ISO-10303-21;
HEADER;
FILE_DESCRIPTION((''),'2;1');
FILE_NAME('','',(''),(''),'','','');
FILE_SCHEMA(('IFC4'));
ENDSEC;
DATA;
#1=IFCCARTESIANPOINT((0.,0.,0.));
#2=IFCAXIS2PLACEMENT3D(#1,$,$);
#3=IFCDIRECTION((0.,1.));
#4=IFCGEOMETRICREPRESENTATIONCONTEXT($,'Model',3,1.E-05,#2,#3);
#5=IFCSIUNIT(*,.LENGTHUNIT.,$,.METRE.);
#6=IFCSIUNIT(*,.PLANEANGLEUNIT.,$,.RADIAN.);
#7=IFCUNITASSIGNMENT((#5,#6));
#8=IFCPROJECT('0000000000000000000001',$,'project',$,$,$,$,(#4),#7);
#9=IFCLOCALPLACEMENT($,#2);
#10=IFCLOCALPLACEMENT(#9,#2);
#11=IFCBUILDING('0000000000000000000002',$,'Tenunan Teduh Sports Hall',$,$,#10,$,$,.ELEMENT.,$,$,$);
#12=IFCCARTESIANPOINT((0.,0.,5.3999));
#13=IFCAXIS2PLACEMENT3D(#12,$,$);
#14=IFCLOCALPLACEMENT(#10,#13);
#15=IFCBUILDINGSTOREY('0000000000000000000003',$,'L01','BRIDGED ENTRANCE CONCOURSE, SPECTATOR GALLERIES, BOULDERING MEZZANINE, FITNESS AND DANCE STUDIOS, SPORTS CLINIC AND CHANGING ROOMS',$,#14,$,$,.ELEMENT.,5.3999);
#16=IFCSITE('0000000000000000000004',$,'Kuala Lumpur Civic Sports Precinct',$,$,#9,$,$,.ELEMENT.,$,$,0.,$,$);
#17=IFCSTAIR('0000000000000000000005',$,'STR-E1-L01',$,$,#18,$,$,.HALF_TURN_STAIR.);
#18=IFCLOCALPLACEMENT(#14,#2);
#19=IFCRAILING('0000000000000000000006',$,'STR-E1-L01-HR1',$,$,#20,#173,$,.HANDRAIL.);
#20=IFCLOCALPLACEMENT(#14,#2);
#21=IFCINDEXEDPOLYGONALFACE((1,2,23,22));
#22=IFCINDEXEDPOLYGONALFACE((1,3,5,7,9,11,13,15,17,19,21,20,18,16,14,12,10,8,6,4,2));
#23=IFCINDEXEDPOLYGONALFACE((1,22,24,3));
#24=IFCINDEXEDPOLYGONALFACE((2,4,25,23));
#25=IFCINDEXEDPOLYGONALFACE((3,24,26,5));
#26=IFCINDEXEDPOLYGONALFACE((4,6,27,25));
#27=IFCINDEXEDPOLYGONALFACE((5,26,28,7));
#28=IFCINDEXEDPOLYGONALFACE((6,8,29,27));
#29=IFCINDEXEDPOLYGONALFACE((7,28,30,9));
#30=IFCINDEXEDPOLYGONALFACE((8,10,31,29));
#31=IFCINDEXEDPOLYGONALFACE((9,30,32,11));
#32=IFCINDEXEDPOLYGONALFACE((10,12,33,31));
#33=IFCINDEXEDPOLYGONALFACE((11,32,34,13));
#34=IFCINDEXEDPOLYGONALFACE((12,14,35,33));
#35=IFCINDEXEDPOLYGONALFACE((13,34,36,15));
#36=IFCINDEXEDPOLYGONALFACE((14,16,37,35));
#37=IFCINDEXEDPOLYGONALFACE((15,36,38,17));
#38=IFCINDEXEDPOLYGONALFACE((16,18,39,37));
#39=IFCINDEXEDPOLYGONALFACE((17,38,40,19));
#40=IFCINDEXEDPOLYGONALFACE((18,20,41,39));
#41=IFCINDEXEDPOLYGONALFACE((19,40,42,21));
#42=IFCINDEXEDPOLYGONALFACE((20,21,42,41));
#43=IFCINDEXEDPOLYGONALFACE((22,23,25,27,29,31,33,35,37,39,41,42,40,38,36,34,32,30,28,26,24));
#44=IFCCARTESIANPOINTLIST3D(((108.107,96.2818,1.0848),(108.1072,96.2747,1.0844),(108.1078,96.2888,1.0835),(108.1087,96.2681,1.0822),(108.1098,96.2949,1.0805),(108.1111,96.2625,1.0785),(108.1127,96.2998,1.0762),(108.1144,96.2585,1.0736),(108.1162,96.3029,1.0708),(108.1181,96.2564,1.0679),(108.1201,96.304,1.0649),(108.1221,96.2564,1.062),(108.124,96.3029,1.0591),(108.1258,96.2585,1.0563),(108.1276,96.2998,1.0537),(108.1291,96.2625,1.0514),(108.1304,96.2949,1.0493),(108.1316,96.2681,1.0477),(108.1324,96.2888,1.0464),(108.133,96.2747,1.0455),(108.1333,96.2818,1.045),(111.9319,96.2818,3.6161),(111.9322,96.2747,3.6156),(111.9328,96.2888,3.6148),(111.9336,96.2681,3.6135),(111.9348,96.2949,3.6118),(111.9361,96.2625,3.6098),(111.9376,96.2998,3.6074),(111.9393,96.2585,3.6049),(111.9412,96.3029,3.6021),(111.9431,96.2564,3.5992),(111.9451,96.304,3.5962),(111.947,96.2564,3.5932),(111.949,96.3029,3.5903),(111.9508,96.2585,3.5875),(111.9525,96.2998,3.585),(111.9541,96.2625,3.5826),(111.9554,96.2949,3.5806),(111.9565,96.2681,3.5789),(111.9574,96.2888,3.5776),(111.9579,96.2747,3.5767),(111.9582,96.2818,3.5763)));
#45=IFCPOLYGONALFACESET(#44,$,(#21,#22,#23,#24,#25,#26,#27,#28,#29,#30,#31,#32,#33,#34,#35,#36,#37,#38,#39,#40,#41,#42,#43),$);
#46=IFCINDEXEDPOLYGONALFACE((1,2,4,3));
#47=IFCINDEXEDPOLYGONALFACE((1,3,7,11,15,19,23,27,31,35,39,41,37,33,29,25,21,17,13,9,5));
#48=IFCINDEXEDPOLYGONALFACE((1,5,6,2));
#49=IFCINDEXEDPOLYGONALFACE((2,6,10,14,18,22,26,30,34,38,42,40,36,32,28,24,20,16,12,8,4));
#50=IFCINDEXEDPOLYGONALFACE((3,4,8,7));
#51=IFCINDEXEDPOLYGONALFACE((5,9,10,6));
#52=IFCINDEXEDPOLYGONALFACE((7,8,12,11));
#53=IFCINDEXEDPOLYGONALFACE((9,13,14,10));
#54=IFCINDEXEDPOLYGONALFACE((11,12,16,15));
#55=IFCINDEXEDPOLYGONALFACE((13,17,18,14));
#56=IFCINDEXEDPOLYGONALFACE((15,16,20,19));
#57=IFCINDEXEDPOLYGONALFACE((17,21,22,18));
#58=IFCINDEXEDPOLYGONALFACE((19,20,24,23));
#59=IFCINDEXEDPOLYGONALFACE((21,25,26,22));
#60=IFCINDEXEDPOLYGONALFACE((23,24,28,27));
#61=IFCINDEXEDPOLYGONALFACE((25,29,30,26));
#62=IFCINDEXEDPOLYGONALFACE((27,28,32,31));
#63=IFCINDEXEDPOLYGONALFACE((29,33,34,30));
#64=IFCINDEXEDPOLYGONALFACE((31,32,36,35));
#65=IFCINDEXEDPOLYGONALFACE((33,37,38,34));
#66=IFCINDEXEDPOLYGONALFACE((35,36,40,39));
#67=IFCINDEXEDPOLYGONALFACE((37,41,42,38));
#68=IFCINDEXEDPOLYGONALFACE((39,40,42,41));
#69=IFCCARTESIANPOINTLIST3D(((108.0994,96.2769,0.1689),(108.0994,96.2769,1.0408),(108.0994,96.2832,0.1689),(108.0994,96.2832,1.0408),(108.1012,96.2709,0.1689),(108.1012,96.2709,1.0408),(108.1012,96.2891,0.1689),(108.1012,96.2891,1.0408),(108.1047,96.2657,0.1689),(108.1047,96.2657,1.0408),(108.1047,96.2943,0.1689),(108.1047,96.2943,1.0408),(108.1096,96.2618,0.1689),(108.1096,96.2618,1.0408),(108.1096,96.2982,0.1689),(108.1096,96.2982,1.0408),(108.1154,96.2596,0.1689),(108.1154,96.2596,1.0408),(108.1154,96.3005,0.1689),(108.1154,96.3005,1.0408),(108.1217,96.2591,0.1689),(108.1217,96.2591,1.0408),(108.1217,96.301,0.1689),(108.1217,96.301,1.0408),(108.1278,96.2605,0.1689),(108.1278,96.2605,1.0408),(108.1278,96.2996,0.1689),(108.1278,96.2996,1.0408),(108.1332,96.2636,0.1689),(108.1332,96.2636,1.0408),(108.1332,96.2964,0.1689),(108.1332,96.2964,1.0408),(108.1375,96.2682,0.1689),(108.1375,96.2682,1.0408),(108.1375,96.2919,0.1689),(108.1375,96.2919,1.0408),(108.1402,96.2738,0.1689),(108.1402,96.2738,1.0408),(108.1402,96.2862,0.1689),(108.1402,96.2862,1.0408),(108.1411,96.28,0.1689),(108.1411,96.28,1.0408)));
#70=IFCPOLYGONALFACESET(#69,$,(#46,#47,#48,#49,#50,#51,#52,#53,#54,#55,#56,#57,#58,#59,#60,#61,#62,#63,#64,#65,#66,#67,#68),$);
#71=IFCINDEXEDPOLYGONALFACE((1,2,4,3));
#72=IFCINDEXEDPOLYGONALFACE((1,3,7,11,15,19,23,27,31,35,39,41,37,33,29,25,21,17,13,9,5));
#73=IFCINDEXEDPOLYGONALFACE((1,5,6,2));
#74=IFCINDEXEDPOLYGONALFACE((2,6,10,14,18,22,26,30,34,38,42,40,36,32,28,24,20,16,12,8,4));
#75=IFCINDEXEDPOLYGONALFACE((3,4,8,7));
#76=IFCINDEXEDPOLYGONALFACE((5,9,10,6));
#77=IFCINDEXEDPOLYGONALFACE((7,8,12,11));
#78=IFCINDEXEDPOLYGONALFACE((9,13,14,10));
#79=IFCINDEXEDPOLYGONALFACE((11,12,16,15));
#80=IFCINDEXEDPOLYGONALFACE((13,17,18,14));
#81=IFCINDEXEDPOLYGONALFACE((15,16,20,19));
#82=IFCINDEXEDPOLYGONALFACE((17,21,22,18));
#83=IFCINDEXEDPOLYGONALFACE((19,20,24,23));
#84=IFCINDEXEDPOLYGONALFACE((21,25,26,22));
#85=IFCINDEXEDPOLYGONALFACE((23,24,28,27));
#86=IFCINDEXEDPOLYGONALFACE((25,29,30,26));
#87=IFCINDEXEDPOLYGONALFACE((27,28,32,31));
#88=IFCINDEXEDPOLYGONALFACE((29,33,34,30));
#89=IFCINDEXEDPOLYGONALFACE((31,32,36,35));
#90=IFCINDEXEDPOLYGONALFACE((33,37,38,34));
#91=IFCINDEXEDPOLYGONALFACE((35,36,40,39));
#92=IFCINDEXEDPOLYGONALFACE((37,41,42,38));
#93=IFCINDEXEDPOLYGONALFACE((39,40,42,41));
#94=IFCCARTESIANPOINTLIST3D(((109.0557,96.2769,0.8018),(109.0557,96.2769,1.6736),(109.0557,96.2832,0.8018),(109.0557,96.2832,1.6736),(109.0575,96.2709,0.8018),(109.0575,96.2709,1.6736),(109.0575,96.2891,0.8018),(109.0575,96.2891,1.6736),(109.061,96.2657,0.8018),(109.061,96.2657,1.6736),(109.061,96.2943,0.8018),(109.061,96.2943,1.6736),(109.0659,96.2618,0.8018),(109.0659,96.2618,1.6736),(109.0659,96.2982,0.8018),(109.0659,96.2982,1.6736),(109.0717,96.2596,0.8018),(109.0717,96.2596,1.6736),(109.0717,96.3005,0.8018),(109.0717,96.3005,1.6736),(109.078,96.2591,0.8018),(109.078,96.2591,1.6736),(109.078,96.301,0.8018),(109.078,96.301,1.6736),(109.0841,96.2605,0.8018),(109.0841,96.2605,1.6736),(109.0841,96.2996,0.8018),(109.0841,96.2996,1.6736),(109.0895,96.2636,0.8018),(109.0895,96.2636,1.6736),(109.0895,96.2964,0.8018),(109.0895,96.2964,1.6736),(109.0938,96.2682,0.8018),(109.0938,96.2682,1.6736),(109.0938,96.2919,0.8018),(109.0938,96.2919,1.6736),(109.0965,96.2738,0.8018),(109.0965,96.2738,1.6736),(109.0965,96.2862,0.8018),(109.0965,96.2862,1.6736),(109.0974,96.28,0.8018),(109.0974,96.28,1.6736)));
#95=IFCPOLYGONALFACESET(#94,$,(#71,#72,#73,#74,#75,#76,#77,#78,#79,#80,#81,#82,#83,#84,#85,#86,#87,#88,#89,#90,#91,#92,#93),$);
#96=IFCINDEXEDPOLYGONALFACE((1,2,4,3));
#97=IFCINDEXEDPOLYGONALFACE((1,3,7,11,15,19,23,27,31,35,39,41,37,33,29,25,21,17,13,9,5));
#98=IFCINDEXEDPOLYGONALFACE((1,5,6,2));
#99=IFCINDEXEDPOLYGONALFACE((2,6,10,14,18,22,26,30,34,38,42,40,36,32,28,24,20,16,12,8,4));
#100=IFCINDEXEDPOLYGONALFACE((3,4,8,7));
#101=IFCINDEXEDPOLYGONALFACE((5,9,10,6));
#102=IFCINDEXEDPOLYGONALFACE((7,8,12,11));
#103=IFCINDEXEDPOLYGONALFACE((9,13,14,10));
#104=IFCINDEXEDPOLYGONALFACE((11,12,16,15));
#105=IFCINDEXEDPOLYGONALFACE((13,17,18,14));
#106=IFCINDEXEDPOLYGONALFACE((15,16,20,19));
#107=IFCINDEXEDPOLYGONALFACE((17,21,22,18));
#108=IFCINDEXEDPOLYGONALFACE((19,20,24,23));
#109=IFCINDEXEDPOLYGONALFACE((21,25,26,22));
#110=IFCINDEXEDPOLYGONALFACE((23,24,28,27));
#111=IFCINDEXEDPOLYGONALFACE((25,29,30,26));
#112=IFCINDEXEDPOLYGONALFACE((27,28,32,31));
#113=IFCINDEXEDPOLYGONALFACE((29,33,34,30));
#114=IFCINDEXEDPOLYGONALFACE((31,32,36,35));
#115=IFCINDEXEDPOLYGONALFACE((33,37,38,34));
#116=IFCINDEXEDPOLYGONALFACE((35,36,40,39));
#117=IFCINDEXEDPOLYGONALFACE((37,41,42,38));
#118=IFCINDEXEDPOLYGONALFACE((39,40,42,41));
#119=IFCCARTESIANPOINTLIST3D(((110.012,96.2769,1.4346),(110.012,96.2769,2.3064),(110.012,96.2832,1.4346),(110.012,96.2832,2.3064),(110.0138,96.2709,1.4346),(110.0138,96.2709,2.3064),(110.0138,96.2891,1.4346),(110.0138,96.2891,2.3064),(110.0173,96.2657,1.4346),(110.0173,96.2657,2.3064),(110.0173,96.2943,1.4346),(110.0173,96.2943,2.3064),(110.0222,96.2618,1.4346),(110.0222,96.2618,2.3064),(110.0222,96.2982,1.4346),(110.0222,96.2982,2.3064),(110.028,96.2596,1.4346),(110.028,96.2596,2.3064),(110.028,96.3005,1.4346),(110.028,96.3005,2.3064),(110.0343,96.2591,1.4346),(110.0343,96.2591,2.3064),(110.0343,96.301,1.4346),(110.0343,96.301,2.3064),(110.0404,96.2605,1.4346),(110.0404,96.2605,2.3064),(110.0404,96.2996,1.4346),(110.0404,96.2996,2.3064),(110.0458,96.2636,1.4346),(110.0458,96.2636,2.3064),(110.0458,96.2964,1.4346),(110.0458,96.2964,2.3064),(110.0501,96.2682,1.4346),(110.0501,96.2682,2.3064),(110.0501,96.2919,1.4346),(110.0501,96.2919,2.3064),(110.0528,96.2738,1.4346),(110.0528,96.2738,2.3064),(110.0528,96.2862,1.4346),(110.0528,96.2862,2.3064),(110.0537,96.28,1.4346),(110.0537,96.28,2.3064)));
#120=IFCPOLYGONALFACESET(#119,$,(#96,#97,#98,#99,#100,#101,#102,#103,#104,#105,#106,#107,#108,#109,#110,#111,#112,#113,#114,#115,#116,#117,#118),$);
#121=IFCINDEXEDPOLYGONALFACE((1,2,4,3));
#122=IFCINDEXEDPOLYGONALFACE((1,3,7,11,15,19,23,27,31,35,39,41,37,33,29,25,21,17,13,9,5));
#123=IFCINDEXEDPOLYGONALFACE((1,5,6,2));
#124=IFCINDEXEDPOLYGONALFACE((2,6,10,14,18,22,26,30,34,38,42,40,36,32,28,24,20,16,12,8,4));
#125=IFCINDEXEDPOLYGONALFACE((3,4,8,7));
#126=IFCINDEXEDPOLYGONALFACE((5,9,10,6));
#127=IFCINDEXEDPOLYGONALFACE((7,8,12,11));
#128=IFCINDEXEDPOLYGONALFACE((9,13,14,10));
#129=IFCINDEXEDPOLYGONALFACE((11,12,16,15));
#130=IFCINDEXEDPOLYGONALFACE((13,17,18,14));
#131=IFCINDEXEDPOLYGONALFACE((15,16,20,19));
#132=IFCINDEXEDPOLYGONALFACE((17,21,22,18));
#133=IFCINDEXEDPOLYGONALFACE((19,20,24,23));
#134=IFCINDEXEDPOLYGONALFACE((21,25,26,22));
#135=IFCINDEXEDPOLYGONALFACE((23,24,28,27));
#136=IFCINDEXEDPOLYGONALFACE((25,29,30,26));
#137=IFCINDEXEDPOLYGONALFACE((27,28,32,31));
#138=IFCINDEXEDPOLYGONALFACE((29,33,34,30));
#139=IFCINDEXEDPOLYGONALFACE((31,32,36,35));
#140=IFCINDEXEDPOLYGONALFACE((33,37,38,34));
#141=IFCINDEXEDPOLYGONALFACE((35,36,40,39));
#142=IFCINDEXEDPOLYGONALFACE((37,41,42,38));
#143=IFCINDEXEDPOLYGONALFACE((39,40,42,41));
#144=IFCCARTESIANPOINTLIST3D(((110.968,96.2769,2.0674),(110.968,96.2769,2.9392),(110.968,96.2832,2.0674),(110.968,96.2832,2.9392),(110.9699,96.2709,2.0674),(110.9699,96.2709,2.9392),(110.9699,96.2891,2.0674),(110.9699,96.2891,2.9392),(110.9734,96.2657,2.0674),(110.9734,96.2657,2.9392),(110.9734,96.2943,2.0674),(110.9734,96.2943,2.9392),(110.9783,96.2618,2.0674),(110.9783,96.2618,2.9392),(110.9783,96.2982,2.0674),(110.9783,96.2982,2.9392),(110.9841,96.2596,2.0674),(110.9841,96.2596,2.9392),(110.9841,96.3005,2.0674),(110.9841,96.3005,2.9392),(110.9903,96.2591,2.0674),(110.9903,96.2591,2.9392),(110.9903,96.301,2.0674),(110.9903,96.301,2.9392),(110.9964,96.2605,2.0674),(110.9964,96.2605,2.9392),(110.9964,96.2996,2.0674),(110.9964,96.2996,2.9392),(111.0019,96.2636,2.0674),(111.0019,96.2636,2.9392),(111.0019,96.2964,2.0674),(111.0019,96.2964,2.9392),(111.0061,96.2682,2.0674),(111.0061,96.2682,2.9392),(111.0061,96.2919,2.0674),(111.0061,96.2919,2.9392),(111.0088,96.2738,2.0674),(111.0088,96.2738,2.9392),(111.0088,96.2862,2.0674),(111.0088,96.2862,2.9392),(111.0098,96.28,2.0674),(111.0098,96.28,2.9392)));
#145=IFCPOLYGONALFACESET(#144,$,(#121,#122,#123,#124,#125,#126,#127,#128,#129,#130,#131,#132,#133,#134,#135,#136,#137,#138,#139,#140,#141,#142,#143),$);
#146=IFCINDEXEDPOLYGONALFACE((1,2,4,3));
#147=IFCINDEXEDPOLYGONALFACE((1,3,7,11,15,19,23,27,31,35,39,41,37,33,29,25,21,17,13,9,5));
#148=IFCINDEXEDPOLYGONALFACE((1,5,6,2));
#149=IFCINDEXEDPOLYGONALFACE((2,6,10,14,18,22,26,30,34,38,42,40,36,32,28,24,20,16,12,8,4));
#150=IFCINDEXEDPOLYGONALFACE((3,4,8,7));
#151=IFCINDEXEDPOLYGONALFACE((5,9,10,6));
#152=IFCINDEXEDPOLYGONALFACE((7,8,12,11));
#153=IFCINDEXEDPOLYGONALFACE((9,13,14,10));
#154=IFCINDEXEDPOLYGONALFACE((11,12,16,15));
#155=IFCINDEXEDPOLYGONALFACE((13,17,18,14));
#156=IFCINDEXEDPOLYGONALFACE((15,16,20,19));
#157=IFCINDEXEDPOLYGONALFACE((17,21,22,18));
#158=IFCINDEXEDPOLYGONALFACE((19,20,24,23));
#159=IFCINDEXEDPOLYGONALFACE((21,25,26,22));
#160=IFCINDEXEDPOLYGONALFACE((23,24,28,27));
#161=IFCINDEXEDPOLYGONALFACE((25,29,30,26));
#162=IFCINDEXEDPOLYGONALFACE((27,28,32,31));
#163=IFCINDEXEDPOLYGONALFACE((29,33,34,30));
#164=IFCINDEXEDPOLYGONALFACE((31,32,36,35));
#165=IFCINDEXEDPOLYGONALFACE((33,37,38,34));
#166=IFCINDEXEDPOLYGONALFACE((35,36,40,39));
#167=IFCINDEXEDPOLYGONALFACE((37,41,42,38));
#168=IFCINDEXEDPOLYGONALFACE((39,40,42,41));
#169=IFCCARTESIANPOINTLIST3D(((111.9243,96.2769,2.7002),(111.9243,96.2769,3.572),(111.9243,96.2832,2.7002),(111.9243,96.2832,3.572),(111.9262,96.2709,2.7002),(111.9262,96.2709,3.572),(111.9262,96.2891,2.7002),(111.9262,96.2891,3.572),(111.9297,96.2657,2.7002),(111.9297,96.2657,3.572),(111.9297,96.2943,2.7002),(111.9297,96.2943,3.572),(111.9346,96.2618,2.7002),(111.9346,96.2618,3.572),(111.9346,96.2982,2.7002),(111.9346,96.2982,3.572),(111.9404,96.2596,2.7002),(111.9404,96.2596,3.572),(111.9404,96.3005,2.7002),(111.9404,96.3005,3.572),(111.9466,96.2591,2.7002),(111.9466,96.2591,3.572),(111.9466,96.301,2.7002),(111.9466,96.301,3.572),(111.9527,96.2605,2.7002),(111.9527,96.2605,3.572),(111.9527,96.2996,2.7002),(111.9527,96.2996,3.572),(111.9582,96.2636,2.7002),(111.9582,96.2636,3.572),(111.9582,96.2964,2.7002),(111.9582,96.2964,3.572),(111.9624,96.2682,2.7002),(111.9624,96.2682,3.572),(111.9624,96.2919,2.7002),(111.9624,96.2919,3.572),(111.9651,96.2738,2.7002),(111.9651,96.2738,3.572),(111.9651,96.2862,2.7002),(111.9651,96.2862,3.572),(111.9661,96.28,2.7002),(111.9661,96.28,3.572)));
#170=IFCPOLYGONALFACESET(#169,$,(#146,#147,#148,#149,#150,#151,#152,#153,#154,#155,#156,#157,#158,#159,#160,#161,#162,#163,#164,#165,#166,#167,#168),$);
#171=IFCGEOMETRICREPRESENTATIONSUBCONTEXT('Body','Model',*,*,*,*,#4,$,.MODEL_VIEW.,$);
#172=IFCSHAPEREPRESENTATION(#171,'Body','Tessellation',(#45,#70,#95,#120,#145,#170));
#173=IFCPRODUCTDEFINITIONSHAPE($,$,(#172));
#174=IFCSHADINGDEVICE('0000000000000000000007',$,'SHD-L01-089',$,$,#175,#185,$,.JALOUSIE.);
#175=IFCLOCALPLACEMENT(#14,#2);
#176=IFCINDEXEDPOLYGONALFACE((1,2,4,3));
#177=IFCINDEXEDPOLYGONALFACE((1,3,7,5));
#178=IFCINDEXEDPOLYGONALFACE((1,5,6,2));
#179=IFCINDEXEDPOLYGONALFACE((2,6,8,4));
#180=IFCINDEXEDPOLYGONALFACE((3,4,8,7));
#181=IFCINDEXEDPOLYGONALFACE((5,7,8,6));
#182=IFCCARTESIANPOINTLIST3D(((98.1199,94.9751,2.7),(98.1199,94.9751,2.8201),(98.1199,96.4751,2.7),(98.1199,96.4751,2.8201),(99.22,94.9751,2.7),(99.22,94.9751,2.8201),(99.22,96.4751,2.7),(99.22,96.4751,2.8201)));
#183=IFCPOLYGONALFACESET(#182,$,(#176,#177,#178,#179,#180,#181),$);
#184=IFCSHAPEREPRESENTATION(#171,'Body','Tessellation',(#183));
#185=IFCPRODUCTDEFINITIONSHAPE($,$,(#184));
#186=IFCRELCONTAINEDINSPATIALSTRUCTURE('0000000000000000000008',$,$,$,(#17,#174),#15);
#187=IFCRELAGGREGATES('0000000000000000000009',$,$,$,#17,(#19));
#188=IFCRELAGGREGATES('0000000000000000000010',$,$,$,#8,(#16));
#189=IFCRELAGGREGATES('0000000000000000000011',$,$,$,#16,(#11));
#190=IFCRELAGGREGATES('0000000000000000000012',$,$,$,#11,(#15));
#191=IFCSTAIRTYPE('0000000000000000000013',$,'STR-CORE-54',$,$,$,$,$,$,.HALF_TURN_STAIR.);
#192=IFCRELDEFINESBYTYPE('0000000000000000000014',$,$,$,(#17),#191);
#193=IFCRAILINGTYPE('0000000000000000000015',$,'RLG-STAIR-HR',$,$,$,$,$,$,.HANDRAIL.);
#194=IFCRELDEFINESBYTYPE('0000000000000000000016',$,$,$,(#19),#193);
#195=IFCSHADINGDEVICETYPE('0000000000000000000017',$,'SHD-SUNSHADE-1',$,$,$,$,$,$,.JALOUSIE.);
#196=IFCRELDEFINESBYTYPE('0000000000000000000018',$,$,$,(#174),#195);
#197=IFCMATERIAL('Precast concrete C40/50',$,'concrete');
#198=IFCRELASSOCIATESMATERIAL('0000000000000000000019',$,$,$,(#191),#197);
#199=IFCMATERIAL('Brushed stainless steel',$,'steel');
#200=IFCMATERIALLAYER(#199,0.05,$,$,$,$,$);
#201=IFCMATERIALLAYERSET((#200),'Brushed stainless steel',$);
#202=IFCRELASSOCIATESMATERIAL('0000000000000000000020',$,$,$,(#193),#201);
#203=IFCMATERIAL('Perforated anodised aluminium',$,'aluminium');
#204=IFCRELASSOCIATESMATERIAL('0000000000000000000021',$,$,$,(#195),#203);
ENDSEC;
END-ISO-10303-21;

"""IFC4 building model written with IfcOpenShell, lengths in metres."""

from ifc_helpers import new_model, si_unit, direction, frame, origin, origin_2d, place, context, subcontext, project, spatial, rectangle, circle, extrude, material, layer, layer_set, type_object, element, aggregate, save


model = new_model("IFC4")

# Units and contexts
model_context = context("Model", 3, precision=1e-05, world=origin(), true_north=direction((0.0, 1.0)))
body_context = subcontext(model_context, "Body", "Model", "MODEL_VIEW")
ifc_project = project(units=[si_unit("LENGTHUNIT", "METRE"), si_unit("PLANEANGLEUNIT", "RADIAN")], contexts=[model_context])

# Site, building, storey
site_placement = place(None, origin())
site = spatial("IfcSite", under=ifc_project, at=site_placement, Name="Kuala Lumpur Civic Sports Precinct", CompositionType="ELEMENT", RefElevation=0.0)
building_placement = place(site_placement, origin())
building = spatial("IfcBuilding", under=site, at=building_placement, Name="Tenunan Teduh Sports Hall", CompositionType="ELEMENT")
storey_placement = place(building_placement, frame((0.0, 0.0, 5.3999)))
storey = spatial("IfcBuildingStorey", under=building, at=storey_placement, Name="L01", Description="BRIDGED ENTRANCE CONCOURSE, SPECTATOR GALLERIES, BOULDERING MEZZANINE, FITNESS AND DANCE STUDIOS, SPORTS CLINIC AND CHANGING ROOMS", CompositionType="ELEMENT", Elevation=5.3999)

# Stair, railing
ifc_material_1 = material(Name="Precast concrete C40/50", Category="concrete")
stair_type = type_object("IfcStairType", Name="STR-CORE-54", PredefinedType="HALF_TURN_STAIR", material=ifc_material_1)
stair_placement = place(storey_placement, origin())
stair = element("IfcStair", 1, at=stair_placement, inside=storey, type_object=stair_type, Name="STR-E1-L01", PredefinedType="HALF_TURN_STAIR")
ifc_material_2 = material(Name="Brushed stainless steel", Category="steel")
ifc_layer_1 = layer(ifc_material_2, 0.05)
ifc_layer_set_1 = layer_set([ifc_layer_1], Name="Brushed stainless steel")
railing_type_1 = type_object("IfcRailingType", Name="RLG-STAIR-HR", PredefinedType="HANDRAIL", material=ifc_layer_set_1)
railing_1_placement = place(storey_placement, frame((108.1201, 96.28, 0.1689)))
railing_1 = element("IfcRailing", 2, at=railing_1_placement, type_object=railing_type_1, Name="STR-E1-L01-HR1", PredefinedType="HANDRAIL", context=body_context, shape_type="SweptSolid", body=[
    extrude(circle(Radius=0.0239, at=origin_2d()), frame((0.0, 0.0, 0.896), z_axis=(0.833929, 0.0, 0.551872), x_axis=(0.0, 1.0, 0.0)), (0.0, 0.0, 1.0), 4.5867),
    extrude(circle(Radius=0.021, at=origin_2d()), origin(), (0.0, 0.0, 1.0), 0.8718),
    extrude(circle(Radius=0.021, at=origin_2d()), frame((0.9563, 0.0, 0.6328)), (0.0, 0.0, 1.0), 0.8718),
    extrude(circle(Radius=0.021, at=origin_2d()), frame((1.9126, 0.0, 1.2656)), (0.0, 0.0, 1.0), 0.8718),
    extrude(circle(Radius=0.021, at=origin_2d()), frame((2.8687, 0.0, 1.8984)), (0.0, 0.0, 1.0), 0.8718),
    extrude(circle(Radius=0.021, at=origin_2d()), frame((3.825, 0.0, 2.5312)), (0.0, 0.0, 1.0), 0.8718),
])
aggregate(stair, [railing_1])

# Shading device
ifc_material_3 = material(Name="Perforated anodised aluminium", Category="aluminium")
shading_device_type = type_object("IfcShadingDeviceType", Name="SHD-SUNSHADE-1", PredefinedType="JALOUSIE", material=ifc_material_3)
shading_device_placement = place(storey_placement, frame((98.6699, 95.7251, 2.7), z_axis=(0.0, 0.0, 1.0), x_axis=(0.0, 1.0, 0.0)))
element("IfcShadingDevice", 3, at=shading_device_placement, inside=storey, type_object=shading_device_type, Name="SHD-L01-089", PredefinedType="JALOUSIE", context=body_context, shape_type="SweptSolid", body=[
    extrude(rectangle(XDim=1.5, YDim=1.1001, at=origin_2d()), origin(), (0.0, 0.0, 1.0), 0.1201),
])

save(model, "model.ifc")
